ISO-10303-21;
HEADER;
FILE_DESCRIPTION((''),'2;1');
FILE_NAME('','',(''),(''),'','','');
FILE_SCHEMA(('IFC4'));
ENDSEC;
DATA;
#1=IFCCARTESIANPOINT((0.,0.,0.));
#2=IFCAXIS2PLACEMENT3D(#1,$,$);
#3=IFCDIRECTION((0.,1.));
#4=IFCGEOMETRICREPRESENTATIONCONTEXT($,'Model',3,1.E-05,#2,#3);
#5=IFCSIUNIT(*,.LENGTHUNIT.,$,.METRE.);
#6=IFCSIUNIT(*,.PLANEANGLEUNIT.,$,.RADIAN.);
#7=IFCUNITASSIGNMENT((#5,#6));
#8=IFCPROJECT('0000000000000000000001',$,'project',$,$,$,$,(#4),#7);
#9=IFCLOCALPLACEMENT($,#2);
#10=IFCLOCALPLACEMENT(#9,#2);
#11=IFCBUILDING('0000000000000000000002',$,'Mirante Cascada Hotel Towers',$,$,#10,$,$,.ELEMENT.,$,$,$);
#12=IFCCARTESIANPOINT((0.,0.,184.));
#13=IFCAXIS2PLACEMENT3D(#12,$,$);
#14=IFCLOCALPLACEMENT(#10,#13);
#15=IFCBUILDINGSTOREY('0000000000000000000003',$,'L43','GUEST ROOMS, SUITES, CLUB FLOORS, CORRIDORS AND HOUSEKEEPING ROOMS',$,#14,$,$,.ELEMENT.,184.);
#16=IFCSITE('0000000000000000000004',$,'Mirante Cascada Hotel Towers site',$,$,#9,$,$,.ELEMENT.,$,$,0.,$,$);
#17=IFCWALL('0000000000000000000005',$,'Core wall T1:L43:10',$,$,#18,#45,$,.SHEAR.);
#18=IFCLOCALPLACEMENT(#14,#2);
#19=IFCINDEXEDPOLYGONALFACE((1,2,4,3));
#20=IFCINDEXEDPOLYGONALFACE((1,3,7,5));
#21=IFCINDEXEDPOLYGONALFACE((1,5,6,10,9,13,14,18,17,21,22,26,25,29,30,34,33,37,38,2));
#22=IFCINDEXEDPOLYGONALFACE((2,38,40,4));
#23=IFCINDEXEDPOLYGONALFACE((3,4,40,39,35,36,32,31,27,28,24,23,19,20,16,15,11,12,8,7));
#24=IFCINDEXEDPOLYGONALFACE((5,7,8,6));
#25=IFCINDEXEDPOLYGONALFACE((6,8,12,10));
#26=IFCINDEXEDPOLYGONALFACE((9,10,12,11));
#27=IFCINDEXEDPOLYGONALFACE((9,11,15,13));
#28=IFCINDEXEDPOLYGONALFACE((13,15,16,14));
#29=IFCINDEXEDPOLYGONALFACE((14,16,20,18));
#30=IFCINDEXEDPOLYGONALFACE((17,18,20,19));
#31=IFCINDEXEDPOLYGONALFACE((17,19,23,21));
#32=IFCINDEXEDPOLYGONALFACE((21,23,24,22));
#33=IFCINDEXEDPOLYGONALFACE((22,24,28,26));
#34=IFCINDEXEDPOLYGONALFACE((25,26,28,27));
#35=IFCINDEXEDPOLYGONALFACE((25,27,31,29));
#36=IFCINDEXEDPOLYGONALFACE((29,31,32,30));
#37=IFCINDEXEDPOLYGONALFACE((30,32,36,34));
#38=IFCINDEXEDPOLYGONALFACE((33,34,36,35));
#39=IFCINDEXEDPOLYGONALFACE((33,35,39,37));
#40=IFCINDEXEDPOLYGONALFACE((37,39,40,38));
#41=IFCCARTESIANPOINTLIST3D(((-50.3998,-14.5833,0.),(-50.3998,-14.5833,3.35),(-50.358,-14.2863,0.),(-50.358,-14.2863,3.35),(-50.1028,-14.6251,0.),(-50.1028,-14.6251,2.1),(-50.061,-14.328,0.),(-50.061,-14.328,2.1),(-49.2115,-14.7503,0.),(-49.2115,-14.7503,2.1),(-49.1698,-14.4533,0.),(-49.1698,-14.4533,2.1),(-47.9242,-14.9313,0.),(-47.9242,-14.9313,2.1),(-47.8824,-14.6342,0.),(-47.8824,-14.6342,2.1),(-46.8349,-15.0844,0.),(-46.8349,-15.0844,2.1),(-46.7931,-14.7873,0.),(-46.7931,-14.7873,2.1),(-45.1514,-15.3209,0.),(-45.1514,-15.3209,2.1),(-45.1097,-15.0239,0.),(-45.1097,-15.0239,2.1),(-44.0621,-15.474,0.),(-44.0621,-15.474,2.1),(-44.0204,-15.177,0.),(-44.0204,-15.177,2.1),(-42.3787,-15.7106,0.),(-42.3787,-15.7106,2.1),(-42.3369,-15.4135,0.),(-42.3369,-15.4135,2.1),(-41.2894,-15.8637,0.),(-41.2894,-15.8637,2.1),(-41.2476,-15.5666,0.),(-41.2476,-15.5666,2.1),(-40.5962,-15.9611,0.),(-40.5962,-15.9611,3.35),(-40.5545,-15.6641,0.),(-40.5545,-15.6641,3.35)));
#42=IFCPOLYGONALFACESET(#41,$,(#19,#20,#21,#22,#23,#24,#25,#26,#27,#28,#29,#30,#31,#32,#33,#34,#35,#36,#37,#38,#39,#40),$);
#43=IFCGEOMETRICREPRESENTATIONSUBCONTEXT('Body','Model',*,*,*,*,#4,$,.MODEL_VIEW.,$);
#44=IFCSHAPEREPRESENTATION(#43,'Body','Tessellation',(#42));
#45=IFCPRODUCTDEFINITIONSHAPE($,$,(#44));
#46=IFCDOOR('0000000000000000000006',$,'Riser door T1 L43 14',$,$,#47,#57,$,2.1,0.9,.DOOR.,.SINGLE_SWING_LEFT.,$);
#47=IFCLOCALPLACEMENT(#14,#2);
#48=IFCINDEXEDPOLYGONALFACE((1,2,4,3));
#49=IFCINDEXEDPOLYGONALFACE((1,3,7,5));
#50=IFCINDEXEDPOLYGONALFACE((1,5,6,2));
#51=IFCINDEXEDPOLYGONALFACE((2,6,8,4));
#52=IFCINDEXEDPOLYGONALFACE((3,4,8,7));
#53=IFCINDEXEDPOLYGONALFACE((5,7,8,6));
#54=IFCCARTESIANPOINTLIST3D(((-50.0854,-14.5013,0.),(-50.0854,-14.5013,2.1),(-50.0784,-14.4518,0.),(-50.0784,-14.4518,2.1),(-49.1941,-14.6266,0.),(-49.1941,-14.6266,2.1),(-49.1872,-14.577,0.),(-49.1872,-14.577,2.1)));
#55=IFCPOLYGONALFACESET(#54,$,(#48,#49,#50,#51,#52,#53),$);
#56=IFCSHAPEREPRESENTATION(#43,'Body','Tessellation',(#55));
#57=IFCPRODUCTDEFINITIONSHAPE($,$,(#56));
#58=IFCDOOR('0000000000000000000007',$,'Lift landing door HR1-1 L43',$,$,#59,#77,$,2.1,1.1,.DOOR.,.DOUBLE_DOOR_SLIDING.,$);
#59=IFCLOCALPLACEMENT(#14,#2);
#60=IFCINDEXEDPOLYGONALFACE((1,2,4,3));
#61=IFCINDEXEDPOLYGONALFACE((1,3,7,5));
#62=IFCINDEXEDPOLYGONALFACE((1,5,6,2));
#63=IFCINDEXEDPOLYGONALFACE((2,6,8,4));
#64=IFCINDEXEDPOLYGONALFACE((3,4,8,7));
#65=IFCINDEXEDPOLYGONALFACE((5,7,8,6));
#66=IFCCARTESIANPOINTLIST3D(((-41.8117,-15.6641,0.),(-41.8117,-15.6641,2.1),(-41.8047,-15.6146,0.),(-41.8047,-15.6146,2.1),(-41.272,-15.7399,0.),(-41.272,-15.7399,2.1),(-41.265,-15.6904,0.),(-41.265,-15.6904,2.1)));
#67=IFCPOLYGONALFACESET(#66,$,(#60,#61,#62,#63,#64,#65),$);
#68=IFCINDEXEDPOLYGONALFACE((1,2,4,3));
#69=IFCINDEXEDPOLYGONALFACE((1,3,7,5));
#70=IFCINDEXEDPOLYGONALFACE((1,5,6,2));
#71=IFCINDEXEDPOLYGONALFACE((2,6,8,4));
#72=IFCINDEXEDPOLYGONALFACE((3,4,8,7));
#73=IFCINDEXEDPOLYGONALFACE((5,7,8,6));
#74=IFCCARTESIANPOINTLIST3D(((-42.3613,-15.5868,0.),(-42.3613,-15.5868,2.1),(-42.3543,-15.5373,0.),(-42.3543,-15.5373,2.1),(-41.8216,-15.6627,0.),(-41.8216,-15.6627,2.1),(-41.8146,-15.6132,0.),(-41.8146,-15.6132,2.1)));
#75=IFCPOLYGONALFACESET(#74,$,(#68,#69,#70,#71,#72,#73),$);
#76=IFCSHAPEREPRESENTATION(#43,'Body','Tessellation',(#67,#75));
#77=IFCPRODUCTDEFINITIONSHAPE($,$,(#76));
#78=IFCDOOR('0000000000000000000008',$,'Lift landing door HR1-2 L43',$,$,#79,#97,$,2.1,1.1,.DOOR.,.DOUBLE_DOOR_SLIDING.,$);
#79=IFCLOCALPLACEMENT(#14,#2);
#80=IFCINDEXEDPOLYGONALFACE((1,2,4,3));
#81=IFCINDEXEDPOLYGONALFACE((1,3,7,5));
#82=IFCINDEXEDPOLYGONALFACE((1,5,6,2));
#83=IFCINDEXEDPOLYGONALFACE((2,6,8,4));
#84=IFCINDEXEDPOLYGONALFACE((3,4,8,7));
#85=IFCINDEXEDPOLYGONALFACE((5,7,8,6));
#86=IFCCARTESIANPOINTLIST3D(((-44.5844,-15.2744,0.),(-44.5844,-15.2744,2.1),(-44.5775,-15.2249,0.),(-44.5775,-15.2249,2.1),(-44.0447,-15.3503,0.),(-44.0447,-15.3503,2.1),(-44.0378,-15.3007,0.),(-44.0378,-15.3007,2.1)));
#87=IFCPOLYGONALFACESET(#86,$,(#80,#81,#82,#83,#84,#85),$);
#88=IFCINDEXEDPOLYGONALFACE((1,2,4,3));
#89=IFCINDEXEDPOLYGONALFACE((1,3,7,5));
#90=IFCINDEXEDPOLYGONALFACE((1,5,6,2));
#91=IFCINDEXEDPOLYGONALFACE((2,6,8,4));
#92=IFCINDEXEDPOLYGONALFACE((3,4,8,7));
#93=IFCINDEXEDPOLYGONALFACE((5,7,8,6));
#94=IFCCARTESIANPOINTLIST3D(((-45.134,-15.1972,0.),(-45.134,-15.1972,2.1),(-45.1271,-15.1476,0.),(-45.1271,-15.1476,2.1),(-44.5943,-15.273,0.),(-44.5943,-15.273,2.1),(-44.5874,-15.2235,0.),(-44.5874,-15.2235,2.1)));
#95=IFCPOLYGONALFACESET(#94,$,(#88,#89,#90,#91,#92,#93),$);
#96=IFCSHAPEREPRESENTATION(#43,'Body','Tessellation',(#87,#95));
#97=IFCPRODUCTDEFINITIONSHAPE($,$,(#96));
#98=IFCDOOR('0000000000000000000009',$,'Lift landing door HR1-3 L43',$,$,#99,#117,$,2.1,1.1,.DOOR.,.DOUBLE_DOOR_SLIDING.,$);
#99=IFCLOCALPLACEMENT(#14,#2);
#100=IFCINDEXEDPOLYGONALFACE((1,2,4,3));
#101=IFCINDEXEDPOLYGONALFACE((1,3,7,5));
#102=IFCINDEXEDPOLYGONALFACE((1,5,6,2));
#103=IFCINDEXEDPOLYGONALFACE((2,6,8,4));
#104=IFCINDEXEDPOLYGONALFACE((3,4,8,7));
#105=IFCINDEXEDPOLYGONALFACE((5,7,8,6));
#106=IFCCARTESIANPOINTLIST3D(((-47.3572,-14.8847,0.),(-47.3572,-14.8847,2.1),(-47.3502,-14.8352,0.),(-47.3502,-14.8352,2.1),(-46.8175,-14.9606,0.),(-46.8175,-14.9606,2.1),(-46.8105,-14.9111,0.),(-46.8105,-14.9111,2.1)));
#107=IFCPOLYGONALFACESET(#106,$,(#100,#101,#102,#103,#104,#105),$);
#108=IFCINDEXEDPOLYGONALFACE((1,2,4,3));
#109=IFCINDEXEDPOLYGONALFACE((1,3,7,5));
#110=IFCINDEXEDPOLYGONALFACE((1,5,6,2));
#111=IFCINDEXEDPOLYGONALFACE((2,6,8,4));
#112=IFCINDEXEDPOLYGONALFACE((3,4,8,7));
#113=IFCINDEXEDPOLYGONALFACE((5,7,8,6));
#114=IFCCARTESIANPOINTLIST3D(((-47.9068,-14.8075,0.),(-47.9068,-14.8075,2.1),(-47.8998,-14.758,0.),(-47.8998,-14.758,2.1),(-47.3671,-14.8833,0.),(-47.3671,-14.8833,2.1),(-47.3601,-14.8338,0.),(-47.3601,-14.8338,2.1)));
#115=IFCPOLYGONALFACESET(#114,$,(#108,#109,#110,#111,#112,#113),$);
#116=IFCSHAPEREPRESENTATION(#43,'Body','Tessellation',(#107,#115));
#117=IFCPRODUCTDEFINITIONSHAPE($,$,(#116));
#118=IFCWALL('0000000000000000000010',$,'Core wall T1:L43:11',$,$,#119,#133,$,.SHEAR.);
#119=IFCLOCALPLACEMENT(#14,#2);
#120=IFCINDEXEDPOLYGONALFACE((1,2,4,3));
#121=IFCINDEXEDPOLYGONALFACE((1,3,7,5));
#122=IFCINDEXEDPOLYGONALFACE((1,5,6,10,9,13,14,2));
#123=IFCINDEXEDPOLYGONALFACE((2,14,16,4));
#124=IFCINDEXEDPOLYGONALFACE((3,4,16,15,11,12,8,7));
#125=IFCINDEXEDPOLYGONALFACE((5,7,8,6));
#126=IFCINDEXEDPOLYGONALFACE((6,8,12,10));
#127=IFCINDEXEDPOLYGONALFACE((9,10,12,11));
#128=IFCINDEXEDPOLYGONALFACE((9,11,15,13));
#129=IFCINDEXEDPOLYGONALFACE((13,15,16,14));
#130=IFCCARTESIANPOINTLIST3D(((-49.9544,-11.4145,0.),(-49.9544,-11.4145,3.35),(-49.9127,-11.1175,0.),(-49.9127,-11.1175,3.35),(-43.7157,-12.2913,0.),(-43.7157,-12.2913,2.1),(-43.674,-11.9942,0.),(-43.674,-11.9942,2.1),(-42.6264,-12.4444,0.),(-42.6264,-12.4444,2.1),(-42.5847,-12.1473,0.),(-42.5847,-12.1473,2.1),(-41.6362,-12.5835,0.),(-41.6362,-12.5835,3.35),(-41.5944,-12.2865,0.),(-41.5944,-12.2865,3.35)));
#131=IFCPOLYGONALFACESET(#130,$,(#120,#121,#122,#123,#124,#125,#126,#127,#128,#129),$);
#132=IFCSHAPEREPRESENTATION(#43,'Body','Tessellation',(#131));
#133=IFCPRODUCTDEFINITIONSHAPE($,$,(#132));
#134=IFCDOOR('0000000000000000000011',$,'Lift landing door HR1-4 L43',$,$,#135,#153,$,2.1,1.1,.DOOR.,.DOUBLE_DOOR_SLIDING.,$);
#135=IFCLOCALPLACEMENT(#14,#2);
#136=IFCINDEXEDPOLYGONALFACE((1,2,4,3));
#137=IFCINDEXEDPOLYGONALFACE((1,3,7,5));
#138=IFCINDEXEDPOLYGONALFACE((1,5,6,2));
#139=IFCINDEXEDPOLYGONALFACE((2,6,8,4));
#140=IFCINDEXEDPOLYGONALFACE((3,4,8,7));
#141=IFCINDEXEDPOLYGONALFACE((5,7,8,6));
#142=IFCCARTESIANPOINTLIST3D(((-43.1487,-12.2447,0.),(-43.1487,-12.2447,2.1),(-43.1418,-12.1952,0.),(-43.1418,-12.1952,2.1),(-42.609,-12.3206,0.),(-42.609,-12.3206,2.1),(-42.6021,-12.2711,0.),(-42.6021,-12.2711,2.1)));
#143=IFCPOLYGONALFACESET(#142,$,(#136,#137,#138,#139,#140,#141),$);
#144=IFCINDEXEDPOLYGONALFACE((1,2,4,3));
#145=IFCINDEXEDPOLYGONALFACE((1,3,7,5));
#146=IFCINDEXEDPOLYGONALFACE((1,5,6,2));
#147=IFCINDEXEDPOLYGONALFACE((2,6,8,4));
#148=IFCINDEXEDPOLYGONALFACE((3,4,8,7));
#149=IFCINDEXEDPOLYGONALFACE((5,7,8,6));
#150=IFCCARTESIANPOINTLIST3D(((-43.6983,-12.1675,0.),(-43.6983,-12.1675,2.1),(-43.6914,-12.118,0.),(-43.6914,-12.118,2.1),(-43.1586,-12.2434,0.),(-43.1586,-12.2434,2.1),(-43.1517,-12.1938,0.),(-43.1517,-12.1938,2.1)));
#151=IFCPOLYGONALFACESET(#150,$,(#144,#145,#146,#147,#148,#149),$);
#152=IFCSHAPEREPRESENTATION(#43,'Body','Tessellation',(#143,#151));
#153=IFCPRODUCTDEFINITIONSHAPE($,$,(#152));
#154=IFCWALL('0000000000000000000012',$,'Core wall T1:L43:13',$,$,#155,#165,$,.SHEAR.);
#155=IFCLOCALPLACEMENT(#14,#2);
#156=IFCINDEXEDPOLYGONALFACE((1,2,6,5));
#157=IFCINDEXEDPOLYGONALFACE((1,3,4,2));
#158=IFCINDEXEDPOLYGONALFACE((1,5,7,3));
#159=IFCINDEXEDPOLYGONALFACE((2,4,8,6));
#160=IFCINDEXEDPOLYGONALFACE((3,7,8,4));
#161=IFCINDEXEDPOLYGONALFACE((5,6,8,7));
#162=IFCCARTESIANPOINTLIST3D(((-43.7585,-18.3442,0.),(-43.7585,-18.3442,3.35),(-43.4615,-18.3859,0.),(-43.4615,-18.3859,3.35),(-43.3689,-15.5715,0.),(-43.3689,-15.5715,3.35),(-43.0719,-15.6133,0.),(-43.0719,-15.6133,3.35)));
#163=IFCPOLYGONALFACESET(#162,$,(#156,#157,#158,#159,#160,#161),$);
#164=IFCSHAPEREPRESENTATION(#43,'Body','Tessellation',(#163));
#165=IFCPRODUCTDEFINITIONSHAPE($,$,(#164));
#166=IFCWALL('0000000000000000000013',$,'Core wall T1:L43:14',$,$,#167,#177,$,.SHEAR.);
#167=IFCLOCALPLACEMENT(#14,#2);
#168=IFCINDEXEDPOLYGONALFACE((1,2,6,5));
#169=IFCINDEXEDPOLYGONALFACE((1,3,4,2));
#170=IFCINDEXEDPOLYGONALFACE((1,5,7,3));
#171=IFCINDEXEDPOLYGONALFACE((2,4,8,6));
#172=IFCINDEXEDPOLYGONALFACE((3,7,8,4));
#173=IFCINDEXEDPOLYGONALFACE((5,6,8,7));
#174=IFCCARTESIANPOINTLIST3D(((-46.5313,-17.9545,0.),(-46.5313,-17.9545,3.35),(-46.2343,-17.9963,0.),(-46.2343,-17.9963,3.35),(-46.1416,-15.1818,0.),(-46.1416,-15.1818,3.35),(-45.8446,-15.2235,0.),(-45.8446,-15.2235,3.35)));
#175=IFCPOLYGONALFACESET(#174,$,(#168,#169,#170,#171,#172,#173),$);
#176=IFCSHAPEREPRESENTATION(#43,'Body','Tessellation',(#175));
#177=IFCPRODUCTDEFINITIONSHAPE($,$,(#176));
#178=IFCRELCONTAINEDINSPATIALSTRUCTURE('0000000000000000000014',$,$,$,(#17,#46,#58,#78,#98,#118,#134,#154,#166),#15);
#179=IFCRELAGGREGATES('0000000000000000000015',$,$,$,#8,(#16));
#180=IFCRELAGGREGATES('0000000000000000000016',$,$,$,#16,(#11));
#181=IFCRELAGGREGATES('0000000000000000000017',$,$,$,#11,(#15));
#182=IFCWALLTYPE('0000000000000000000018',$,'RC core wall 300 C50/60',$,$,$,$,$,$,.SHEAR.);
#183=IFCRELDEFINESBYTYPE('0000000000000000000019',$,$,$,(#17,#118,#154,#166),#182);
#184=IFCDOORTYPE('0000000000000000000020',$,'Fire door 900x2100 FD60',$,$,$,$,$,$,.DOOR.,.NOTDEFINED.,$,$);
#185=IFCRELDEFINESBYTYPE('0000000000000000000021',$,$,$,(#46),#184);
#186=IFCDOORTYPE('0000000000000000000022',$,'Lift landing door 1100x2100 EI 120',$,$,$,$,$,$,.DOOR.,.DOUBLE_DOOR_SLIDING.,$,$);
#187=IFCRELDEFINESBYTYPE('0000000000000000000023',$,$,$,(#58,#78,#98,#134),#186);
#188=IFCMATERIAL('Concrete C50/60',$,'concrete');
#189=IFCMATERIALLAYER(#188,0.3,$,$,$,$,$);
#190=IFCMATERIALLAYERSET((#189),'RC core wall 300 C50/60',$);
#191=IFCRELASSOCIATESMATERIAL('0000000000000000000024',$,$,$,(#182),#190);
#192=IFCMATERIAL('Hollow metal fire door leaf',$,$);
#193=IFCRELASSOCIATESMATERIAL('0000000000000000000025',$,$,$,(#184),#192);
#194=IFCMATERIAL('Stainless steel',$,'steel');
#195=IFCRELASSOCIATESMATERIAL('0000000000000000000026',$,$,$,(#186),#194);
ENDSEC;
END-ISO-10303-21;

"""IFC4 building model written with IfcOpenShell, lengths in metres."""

from ifc_helpers import new_model, si_unit, direction, frame, frame_2d, origin, place, context, subcontext, project, spatial, rectangle, extrude, material, layer, layer_set, type_object, element, fill, save


model = new_model("IFC4")

# Units and contexts
model_context = context("Model", 3, precision=1e-05, world=origin(), true_north=direction((0.0, 1.0)))
body_context = subcontext(model_context, "Body", "Model", "MODEL_VIEW")
ifc_project = project(units=[si_unit("LENGTHUNIT", "METRE"), si_unit("PLANEANGLEUNIT", "RADIAN")], contexts=[model_context])

# Site, building, storey
site_placement = place(None, origin())
site = spatial("IfcSite", under=ifc_project, at=site_placement, Name="Mirante Cascada Hotel Towers site", CompositionType="ELEMENT", RefElevation=0.0)
building_placement = place(site_placement, origin())
building = spatial("IfcBuilding", under=site, at=building_placement, Name="Mirante Cascada Hotel Towers", CompositionType="ELEMENT")
storey_placement = place(building_placement, frame((0.0, 0.0, 184.0)))
storey = spatial("IfcBuildingStorey", under=building, at=storey_placement, Name="L43", Description="GUEST ROOMS, SUITES, CLUB FLOORS, CORRIDORS AND HOUSEKEEPING ROOMS", CompositionType="ELEMENT", Elevation=184.0)

# Shared definitions
ifc_material_1 = material(Name="Concrete C50/60", Category="concrete")
ifc_layer_1 = layer(ifc_material_1, 0.3)
ifc_layer_set_1 = layer_set([ifc_layer_1], Name="RC core wall 300 C50/60")
wall_type_1 = type_object("IfcWallType", Name="RC core wall 300 C50/60", PredefinedType="SHEAR", material=ifc_layer_set_1)

# Wall, openings, doors
wall_1_placement = place(storey_placement, frame((-40.5753, -15.8126, 0.0), z_axis=(0.0, 0.0, 1.0), x_axis=(-0.990268, 0.139173, 0.0)))
wall_1 = element("IfcWall", 1, at=wall_1_placement, inside=storey, type_object=wall_type_1, Name="Core wall T1:L43:10", PredefinedType="SHEAR", context=body_context, shape_type="SweptSolid", body=[
    extrude(rectangle(XDim=9.8999, YDim=0.3, at=frame_2d((4.95, 0.0))), origin(), (0.0, 0.0, 1.0), 3.35),
])
opening_1_placement = place(wall_1_placement, frame((0.7, 0.0, 0.0)))
opening_1 = element("IfcOpeningElement", 2, at=opening_1_placement, cuts=wall_1, PredefinedType="OPENING", context=body_context, shape_type="SweptSolid", body=[
    extrude(rectangle(XDim=1.1, YDim=2.1, at=frame_2d((0.55, 1.05))), frame((0.0, 0.15, 0.0), z_axis=(0.0, -1.0, 0.0), x_axis=(1.0, 0.0, 0.0)), (0.0, 0.0, 1.0), 0.3),
])
opening_2_placement = place(wall_1_placement, frame((3.5, 0.0, 0.0)))
opening_2 = element("IfcOpeningElement", 3, at=opening_2_placement, cuts=wall_1, PredefinedType="OPENING", context=body_context, shape_type="SweptSolid", body=[
    extrude(rectangle(XDim=1.1, YDim=2.1, at=frame_2d((0.55, 1.05))), frame((0.0, 0.15, 0.0), z_axis=(0.0, -1.0, 0.0), x_axis=(1.0, 0.0, 0.0)), (0.0, 0.0, 1.0), 0.3),
])
opening_3_placement = place(wall_1_placement, frame((6.3, 0.0, 0.0)))
opening_3 = element("IfcOpeningElement", 4, at=opening_3_placement, cuts=wall_1, PredefinedType="OPENING", context=body_context, shape_type="SweptSolid", body=[
    extrude(rectangle(XDim=1.1, YDim=2.1, at=frame_2d((0.55, 1.05))), frame((0.0, 0.15, 0.0), z_axis=(0.0, -1.0, 0.0), x_axis=(1.0, 0.0, 0.0)), (0.0, 0.0, 1.0), 0.3),
])
opening_4_placement = place(wall_1_placement, frame((8.7, 0.0, 0.0)))
opening_4 = element("IfcOpeningElement", 5, at=opening_4_placement, cuts=wall_1, PredefinedType="OPENING", context=body_context, shape_type="SweptSolid", body=[
    extrude(rectangle(XDim=0.9, YDim=2.1, at=frame_2d((0.45, 1.05))), frame((0.0, 0.15, 0.0), z_axis=(0.0, -1.0, 0.0), x_axis=(1.0, 0.0, 0.0)), (0.0, 0.0, 1.0), 0.3),
])
ifc_material_2 = material(Name="Hollow metal fire door leaf")
door_type_1 = type_object("IfcDoorType", Name="Fire door 900x2100 FD60", OperationType="NOTDEFINED", PredefinedType="DOOR", material=ifc_material_2)
door_1_placement = place(opening_4_placement, origin())
door_1 = element("IfcDoor", 6, at=door_1_placement, inside=storey, type_object=door_type_1, Name="Riser door T1 L43 14", OperationType="SINGLE_SWING_LEFT", OverallHeight=2.1, OverallWidth=0.9, PredefinedType="DOOR", context=body_context, shape_type="SweptSolid", body=[
    extrude(rectangle(XDim=0.9, YDim=2.1, at=frame_2d((0.45, 1.05))), frame((0.0, 0.025, 0.0), z_axis=(0.0, -1.0, 0.0), x_axis=(1.0, 0.0, 0.0)), (0.0, 0.0, 1.0), 0.05),
])
fill(opening_4, door_1)
ifc_material_3 = material(Name="Stainless steel", Category="steel")
door_type_2 = type_object("IfcDoorType", Name="Lift landing door 1100x2100 EI 120", OperationType="DOUBLE_DOOR_SLIDING", PredefinedType="DOOR", material=ifc_material_3)
door_2_placement = place(opening_1_placement, origin())
door_2 = element("IfcDoor", 7, at=door_2_placement, inside=storey, type_object=door_type_2, Name="Lift landing door HR1-1 L43", OperationType="DOUBLE_DOOR_SLIDING", OverallHeight=2.1, OverallWidth=1.1, PredefinedType="DOOR", context=body_context, shape_type="SweptSolid", body=[
    extrude(rectangle(XDim=0.545, YDim=2.1, at=frame_2d((0.2725, 1.05))), frame((0.0, 0.025, 0.0), z_axis=(0.0, -1.0, 0.0), x_axis=(1.0, 0.0, 0.0)), (0.0, 0.0, 1.0), 0.05),
    extrude(rectangle(XDim=0.545, YDim=2.1, at=frame_2d((0.8275, 1.05))), frame((0.0, 0.025, 0.0), z_axis=(0.0, -1.0, 0.0), x_axis=(1.0, 0.0, 0.0)), (0.0, 0.0, 1.0), 0.05),
])
fill(opening_1, door_2)
door_3_placement = place(opening_2_placement, origin())
door_3 = element("IfcDoor", 8, at=door_3_placement, inside=storey, type_object=door_type_2, Name="Lift landing door HR1-2 L43", OperationType="DOUBLE_DOOR_SLIDING", OverallHeight=2.1, OverallWidth=1.1, PredefinedType="DOOR", context=body_context, shape_type="SweptSolid", body=[
    extrude(rectangle(XDim=0.545, YDim=2.1, at=frame_2d((0.2725, 1.05))), frame((0.0, 0.025, 0.0), z_axis=(0.0, -1.0, 0.0), x_axis=(1.0, 0.0, 0.0)), (0.0, 0.0, 1.0), 0.05),
    extrude(rectangle(XDim=0.545, YDim=2.1, at=frame_2d((0.8275, 1.05))), frame((0.0, 0.025, 0.0), z_axis=(0.0, -1.0, 0.0), x_axis=(1.0, 0.0, 0.0)), (0.0, 0.0, 1.0), 0.05),
])
fill(opening_2, door_3)
door_4_placement = place(opening_3_placement, origin())
door_4 = element("IfcDoor", 9, at=door_4_placement, inside=storey, type_object=door_type_2, Name="Lift landing door HR1-3 L43", OperationType="DOUBLE_DOOR_SLIDING", OverallHeight=2.1, OverallWidth=1.1, PredefinedType="DOOR", context=body_context, shape_type="SweptSolid", body=[
    extrude(rectangle(XDim=0.545, YDim=2.1, at=frame_2d((0.2725, 1.05))), frame((0.0, 0.025, 0.0), z_axis=(0.0, -1.0, 0.0), x_axis=(1.0, 0.0, 0.0)), (0.0, 0.0, 1.0), 0.05),
    extrude(rectangle(XDim=0.545, YDim=2.1, at=frame_2d((0.8275, 1.05))), frame((0.0, 0.025, 0.0), z_axis=(0.0, -1.0, 0.0), x_axis=(1.0, 0.0, 0.0)), (0.0, 0.0, 1.0), 0.05),
])
fill(opening_3, door_4)

# Wall, opening, door
wall_2_placement = place(storey_placement, frame((-41.6153, -12.435, 0.0), z_axis=(0.0, 0.0, 1.0), x_axis=(-0.990269, 0.139166, 0.0)))
wall_2 = element("IfcWall", 10, at=wall_2_placement, inside=storey, type_object=wall_type_1, Name="Core wall T1:L43:11", PredefinedType="SHEAR", context=body_context, shape_type="SweptSolid", body=[
    extrude(rectangle(XDim=8.4, YDim=0.3, at=frame_2d((4.2, 0.0))), origin(), (0.0, 0.0, 1.0), 3.35),
])
opening_5_placement = place(wall_2_placement, frame((1.0, 0.0, 0.0)))
opening_5 = element("IfcOpeningElement", 11, at=opening_5_placement, cuts=wall_2, PredefinedType="OPENING", context=body_context, shape_type="SweptSolid", body=[
    extrude(rectangle(XDim=1.1, YDim=2.1, at=frame_2d((0.55, 1.05))), frame((0.0, 0.15, 0.0), z_axis=(0.0, -1.0, 0.0), x_axis=(1.0, 0.0, 0.0)), (0.0, 0.0, 1.0), 0.3),
])
door_5_placement = place(opening_5_placement, origin())
door_5 = element("IfcDoor", 12, at=door_5_placement, inside=storey, type_object=door_type_2, Name="Lift landing door HR1-4 L43", OperationType="DOUBLE_DOOR_SLIDING", OverallHeight=2.1, OverallWidth=1.1, PredefinedType="DOOR", context=body_context, shape_type="SweptSolid", body=[
    extrude(rectangle(XDim=0.545, YDim=2.1, at=frame_2d((0.2725, 1.05))), frame((0.0, 0.025, 0.0), z_axis=(0.0, -1.0, 0.0), x_axis=(1.0, 0.0, 0.0)), (0.0, 0.0, 1.0), 0.05),
    extrude(rectangle(XDim=0.545, YDim=2.1, at=frame_2d((0.8275, 1.05))), frame((0.0, 0.025, 0.0), z_axis=(0.0, -1.0, 0.0), x_axis=(1.0, 0.0, 0.0)), (0.0, 0.0, 1.0), 0.05),
])
fill(opening_5, door_5)

# Walls
wall_3_placement = place(storey_placement, frame((-43.61, -18.3651, 0.0), z_axis=(0.0, 0.0, 1.0), x_axis=(0.139146, 0.990272, 0.0)))
element("IfcWall", 13, at=wall_3_placement, inside=storey, type_object=wall_type_1, Name="Core wall T1:L43:13", PredefinedType="SHEAR", context=body_context, shape_type="SweptSolid", body=[
    extrude(rectangle(XDim=2.7999, YDim=0.3, at=frame_2d((1.4, 0.0))), origin(), (0.0, 0.0, 1.0), 3.35),
])
wall_4_placement = place(storey_placement, frame((-46.3828, -17.9754, 0.0), z_axis=(0.0, 0.0, 1.0), x_axis=(0.139181, 0.990267, 0.0)))
element("IfcWall", 14, at=wall_4_placement, inside=storey, type_object=wall_type_1, Name="Core wall T1:L43:14", PredefinedType="SHEAR", context=body_context, shape_type="SweptSolid", body=[
    extrude(rectangle(XDim=2.8, YDim=0.3, at=frame_2d((1.4, 0.0))), origin(), (0.0, 0.0, 1.0), 3.35),
])

save(model, "model.ifc")
